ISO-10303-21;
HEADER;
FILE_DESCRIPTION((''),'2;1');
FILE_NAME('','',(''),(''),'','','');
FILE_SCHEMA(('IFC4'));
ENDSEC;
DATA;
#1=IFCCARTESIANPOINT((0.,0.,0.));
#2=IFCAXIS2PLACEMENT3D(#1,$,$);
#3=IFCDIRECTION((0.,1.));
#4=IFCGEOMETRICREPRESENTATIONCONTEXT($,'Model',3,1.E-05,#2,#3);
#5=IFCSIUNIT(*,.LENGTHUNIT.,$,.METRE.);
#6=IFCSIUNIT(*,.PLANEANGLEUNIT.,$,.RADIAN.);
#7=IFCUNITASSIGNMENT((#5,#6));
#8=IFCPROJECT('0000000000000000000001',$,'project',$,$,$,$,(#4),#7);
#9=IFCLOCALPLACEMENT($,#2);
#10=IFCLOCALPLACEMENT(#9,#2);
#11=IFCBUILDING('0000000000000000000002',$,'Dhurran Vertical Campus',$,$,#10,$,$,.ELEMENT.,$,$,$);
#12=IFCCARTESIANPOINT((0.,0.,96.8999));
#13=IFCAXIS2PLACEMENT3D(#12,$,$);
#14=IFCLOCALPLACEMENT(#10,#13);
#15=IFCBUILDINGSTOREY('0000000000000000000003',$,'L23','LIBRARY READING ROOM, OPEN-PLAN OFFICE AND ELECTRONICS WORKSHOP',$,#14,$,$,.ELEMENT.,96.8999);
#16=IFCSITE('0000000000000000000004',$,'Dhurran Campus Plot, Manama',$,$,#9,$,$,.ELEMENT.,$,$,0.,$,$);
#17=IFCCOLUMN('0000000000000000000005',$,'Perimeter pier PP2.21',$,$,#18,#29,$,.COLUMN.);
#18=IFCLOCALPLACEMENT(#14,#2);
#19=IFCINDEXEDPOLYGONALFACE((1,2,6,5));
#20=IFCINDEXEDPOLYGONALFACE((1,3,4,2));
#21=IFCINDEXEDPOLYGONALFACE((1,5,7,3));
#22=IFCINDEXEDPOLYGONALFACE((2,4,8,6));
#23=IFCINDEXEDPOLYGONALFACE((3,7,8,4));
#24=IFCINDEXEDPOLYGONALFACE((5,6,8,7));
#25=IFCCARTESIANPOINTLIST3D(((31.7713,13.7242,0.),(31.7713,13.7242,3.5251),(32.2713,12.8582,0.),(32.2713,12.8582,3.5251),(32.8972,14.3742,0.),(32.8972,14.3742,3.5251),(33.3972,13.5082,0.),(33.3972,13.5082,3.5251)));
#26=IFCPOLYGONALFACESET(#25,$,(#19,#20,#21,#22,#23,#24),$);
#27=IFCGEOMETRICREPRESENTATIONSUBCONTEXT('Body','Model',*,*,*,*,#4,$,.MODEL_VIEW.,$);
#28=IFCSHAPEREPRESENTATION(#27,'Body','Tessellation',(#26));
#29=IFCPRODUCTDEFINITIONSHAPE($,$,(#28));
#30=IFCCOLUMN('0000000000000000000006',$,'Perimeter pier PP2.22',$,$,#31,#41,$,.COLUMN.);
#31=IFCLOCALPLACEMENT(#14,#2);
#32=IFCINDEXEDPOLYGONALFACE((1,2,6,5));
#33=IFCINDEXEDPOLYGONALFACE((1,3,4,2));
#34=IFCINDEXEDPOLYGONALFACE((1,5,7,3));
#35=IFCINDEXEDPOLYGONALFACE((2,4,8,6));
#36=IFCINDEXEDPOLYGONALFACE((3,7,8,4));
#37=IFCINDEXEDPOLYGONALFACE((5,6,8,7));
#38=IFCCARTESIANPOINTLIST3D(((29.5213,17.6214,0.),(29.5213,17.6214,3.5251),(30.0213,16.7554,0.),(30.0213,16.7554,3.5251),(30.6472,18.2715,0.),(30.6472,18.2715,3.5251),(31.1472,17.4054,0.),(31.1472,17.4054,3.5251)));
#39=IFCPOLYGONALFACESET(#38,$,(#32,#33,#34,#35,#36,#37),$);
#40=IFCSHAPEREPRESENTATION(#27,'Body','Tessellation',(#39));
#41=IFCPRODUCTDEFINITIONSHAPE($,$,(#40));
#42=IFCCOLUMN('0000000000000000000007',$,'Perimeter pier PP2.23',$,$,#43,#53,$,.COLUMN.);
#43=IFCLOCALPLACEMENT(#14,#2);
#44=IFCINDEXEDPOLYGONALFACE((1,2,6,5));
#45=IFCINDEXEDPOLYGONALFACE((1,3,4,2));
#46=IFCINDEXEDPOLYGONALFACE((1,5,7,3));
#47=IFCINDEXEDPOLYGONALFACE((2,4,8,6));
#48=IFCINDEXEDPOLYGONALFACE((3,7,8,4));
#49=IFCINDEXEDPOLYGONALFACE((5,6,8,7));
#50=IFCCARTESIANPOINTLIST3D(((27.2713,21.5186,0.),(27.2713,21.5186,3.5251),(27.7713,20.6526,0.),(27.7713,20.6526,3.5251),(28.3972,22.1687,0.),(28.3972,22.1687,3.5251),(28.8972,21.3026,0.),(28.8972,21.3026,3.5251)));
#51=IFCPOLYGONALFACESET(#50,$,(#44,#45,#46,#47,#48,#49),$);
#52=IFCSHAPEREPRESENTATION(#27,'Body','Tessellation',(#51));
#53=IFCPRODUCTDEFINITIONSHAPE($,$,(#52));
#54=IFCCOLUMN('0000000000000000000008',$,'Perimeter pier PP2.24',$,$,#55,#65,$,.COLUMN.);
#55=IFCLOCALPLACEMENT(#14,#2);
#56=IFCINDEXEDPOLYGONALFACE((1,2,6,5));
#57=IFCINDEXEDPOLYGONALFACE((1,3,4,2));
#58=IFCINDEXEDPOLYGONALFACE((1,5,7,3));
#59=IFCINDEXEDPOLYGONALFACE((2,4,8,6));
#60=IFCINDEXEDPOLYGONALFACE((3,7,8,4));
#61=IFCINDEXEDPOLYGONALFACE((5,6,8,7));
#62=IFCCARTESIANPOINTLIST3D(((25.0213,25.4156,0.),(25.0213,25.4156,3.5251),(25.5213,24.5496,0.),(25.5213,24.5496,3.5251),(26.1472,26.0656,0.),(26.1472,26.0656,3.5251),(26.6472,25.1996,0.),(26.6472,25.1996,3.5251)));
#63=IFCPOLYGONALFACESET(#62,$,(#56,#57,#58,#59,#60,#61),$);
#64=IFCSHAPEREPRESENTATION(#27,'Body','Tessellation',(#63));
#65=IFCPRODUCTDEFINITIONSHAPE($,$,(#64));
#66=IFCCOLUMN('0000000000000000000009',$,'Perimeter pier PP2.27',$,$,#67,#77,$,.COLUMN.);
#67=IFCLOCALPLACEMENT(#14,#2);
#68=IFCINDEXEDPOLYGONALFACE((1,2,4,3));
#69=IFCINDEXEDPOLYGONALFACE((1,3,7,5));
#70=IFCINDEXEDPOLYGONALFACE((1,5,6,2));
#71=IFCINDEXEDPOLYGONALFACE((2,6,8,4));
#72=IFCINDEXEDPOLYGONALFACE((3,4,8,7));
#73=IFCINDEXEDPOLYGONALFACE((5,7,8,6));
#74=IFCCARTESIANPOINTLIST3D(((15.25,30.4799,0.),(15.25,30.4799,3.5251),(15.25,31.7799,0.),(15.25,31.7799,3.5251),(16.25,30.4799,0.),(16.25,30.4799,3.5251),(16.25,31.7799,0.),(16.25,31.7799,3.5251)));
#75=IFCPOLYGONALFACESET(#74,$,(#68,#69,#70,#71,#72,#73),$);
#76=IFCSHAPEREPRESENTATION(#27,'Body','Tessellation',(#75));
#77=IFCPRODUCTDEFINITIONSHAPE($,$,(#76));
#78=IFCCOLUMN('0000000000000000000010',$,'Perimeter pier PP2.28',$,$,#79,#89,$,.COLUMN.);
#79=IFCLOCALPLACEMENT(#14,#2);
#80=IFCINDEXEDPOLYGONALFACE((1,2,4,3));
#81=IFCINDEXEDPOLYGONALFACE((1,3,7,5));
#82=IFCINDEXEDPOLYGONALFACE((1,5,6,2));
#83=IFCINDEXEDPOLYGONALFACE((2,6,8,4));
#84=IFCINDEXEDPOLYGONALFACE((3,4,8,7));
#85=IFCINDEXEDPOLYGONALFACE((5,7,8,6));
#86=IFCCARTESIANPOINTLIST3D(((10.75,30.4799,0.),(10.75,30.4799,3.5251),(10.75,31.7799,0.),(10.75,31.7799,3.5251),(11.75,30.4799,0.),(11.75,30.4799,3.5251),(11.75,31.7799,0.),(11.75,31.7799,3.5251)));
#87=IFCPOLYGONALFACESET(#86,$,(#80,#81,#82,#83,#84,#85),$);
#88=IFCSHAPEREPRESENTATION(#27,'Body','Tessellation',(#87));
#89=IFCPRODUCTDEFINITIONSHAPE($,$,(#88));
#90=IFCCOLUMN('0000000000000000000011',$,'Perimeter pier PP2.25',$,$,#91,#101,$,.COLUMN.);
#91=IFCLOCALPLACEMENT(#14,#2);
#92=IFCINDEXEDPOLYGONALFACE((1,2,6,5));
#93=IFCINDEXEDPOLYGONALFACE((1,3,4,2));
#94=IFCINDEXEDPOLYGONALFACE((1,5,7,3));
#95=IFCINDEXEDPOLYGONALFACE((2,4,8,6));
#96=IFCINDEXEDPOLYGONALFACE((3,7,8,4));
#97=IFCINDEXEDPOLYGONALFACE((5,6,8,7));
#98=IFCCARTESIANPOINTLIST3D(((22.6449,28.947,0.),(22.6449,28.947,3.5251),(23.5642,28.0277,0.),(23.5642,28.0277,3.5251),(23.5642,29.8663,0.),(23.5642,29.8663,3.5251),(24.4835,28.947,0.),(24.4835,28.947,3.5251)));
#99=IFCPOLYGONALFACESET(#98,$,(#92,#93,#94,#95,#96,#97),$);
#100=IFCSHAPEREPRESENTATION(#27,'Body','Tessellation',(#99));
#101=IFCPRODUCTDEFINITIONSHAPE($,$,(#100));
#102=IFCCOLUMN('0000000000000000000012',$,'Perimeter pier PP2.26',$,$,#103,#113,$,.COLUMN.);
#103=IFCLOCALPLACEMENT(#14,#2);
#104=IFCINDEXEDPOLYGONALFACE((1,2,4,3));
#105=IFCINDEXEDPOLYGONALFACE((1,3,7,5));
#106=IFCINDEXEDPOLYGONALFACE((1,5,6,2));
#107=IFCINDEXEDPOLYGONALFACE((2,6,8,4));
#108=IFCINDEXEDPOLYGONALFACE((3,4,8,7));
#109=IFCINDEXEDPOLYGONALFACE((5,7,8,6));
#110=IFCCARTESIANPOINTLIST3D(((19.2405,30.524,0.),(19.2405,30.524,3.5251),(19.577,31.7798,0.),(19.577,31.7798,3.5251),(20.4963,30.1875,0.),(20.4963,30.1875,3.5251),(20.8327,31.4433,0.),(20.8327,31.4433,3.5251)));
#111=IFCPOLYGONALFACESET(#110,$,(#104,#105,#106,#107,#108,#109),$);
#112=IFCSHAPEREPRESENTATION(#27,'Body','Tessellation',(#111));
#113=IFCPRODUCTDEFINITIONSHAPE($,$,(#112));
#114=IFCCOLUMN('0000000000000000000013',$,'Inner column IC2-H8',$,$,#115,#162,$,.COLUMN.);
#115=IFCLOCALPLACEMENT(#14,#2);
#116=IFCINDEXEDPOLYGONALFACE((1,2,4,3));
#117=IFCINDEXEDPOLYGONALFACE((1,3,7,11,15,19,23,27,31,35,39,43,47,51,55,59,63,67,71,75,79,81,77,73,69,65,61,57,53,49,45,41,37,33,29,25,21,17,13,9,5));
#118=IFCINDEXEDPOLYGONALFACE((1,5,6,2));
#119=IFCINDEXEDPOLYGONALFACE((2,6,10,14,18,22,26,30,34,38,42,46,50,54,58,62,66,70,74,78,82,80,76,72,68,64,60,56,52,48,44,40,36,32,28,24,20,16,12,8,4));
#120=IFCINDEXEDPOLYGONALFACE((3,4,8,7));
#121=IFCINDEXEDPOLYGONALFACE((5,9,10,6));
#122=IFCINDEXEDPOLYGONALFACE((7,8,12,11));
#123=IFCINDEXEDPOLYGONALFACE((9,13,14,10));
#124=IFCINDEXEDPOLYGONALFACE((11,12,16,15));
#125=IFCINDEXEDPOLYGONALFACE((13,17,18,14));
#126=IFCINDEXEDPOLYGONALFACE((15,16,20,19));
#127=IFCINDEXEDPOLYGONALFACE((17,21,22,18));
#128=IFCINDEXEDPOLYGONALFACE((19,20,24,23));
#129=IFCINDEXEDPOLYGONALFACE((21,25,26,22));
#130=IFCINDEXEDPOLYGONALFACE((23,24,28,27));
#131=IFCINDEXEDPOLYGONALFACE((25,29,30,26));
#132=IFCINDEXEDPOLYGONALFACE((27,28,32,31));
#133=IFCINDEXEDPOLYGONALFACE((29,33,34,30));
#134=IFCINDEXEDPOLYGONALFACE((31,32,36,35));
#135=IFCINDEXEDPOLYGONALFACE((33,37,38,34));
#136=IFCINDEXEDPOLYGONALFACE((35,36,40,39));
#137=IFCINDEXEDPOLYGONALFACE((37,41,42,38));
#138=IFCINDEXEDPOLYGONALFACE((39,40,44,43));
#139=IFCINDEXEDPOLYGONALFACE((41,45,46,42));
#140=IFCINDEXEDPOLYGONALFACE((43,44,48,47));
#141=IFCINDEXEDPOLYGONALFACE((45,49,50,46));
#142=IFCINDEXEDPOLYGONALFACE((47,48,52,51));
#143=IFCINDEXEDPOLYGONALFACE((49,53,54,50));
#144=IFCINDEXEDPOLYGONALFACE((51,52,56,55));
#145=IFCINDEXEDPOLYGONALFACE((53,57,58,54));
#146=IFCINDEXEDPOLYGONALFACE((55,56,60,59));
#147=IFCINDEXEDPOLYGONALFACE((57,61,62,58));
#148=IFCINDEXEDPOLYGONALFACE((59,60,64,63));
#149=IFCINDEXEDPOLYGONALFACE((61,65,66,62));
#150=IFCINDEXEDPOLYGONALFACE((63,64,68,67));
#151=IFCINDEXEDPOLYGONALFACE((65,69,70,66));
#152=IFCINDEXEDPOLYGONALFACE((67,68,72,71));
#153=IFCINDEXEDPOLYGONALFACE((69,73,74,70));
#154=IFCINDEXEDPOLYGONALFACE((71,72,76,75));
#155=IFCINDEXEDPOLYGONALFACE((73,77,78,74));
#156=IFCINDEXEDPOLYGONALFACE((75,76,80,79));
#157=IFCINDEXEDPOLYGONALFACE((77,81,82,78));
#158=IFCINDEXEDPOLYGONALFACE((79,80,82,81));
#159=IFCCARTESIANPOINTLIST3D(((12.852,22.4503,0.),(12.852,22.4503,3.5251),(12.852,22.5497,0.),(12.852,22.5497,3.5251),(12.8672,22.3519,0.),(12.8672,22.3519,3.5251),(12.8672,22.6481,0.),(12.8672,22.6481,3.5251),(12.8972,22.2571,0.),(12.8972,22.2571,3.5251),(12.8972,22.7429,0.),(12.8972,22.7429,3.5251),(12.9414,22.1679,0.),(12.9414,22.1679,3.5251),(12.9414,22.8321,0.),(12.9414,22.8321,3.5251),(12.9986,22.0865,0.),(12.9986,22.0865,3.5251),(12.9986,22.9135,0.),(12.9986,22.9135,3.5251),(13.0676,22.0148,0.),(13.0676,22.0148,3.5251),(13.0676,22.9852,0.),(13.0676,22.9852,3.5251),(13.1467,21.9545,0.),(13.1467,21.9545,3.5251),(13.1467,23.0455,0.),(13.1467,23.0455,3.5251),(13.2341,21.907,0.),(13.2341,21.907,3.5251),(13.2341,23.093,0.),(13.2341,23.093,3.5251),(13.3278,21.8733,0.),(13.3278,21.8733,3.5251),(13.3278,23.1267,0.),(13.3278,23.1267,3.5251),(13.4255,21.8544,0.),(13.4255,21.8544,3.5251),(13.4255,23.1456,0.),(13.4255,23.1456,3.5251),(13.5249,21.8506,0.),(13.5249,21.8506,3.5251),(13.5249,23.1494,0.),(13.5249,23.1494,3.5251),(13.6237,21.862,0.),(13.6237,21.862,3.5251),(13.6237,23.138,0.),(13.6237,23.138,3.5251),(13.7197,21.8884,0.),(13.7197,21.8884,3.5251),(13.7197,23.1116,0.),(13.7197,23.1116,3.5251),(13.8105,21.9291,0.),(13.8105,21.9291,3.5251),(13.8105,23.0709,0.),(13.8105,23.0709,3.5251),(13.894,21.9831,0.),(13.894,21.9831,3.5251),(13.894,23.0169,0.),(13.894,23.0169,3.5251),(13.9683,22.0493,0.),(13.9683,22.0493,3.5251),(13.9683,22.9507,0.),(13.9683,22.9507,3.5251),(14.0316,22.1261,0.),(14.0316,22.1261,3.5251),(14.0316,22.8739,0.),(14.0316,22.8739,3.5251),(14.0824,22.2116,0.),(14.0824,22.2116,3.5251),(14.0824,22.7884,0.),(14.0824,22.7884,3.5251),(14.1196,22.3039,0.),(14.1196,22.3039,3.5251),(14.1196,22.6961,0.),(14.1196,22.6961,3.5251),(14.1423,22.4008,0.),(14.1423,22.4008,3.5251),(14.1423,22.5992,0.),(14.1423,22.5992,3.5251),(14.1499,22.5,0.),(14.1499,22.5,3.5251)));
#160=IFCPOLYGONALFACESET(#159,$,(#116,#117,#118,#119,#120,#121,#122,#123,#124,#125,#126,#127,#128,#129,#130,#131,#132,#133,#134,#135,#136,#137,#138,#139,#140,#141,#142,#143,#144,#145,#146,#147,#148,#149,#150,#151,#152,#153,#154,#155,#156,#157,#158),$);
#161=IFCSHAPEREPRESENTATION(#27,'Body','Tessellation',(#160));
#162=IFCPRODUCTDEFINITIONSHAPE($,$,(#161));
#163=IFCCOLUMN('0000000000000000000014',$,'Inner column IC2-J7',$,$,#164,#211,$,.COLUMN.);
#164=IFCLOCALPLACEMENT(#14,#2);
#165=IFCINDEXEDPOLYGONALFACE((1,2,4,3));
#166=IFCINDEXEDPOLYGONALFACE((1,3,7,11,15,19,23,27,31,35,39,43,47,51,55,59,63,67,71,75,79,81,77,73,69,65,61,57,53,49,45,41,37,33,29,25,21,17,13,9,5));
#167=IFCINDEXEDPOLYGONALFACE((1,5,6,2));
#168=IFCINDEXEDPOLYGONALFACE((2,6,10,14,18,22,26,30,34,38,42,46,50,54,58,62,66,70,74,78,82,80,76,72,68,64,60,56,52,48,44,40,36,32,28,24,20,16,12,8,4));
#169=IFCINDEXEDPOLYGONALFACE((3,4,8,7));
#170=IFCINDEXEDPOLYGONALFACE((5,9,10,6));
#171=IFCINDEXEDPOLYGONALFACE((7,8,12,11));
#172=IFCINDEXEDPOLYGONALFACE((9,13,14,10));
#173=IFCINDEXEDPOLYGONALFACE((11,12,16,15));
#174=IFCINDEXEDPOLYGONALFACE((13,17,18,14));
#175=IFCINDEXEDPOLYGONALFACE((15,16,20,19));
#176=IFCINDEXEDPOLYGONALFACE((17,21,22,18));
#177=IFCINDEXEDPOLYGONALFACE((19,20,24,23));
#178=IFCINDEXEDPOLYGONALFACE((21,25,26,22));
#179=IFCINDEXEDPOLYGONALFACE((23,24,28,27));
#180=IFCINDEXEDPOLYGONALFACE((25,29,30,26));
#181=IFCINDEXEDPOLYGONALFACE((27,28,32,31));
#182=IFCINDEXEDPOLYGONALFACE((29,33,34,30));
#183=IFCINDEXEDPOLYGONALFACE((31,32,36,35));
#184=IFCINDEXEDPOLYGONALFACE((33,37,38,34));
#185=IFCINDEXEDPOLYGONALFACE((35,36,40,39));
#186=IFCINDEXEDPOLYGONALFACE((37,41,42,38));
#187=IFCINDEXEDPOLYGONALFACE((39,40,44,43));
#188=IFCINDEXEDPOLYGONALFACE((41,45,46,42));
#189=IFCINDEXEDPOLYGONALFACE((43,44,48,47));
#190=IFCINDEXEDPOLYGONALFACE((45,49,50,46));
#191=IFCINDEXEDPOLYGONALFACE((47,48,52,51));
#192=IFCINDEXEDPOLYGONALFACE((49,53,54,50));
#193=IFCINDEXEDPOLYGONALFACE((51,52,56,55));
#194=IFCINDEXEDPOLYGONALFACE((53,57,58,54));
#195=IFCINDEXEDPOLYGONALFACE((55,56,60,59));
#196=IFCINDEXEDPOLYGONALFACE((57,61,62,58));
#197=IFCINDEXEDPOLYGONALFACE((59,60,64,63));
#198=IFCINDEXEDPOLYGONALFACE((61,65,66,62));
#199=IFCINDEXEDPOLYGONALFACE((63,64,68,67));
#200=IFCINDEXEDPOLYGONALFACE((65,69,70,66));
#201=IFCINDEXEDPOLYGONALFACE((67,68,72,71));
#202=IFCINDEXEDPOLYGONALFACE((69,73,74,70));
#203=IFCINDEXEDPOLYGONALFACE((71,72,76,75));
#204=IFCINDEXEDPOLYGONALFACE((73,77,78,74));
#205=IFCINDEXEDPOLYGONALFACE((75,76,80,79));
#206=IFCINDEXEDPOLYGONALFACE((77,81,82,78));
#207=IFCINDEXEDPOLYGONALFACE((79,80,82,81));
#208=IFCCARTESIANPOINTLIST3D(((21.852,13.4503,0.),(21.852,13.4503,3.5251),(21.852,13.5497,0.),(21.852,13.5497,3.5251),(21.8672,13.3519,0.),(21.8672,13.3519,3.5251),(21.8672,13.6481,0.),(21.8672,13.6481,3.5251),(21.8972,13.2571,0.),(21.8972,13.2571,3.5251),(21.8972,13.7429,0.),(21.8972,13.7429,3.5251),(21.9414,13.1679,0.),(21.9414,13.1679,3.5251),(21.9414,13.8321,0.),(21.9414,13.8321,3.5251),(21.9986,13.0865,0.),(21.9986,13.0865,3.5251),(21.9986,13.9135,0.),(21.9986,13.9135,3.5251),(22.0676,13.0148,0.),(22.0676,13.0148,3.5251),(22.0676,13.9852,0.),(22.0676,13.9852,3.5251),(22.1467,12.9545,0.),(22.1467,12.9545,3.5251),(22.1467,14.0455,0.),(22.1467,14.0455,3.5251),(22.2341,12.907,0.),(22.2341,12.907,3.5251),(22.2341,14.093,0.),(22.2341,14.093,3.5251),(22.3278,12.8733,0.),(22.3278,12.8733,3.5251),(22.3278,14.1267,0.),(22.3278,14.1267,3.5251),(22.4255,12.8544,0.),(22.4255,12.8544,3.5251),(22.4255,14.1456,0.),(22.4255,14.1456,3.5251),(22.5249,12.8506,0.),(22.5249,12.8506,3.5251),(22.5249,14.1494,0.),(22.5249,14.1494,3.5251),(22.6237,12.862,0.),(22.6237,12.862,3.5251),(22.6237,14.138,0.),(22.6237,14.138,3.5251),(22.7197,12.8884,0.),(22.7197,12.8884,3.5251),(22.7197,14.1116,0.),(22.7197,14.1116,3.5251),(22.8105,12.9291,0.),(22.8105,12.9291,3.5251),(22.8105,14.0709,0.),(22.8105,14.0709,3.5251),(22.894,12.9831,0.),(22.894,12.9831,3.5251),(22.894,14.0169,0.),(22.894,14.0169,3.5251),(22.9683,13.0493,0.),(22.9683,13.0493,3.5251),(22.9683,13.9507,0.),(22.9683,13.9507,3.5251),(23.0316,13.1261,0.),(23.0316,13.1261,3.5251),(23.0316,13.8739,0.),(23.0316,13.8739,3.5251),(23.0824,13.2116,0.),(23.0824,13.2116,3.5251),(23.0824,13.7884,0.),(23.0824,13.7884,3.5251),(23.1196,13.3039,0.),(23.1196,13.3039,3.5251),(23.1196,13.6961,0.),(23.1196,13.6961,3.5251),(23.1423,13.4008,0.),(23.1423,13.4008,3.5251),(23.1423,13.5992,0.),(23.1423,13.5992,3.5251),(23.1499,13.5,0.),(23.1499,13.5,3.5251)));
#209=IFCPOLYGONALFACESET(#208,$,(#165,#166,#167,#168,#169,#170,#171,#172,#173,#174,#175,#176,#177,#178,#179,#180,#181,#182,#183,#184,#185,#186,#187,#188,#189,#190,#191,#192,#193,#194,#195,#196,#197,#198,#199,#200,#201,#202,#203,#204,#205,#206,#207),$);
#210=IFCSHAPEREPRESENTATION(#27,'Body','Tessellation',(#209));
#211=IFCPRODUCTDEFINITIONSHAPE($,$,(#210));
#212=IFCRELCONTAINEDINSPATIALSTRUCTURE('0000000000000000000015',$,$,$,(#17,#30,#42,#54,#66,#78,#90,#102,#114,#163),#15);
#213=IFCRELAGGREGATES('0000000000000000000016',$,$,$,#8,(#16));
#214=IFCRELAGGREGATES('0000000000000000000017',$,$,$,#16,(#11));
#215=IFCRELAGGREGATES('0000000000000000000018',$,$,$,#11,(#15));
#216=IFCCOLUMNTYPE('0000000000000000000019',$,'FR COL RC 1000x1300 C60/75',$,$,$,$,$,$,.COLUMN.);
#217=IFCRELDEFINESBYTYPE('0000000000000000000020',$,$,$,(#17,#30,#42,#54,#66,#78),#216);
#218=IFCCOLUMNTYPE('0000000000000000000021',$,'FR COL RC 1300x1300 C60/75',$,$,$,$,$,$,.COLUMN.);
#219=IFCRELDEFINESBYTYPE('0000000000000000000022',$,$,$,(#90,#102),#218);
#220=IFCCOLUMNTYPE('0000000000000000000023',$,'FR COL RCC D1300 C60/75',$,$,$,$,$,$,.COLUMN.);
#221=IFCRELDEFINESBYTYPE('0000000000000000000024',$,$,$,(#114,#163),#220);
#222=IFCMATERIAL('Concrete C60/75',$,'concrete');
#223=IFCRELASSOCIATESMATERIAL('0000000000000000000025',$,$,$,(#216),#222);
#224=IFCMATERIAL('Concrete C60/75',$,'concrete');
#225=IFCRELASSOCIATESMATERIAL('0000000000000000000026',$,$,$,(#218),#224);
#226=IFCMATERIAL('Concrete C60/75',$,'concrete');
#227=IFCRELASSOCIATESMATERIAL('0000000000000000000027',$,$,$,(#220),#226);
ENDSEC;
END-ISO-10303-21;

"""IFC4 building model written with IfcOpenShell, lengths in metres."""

from ifc_helpers import new_model, si_unit, direction, frame, origin, origin_2d, place, context, subcontext, project, spatial, rectangle, circle, extrude, material, material_profile, profile_set, type_object, element, save


model = new_model("IFC4")

# Units and contexts
model_context = context("Model", 3, precision=1e-05, world=origin(), true_north=direction((0.0, 1.0)))
body_context = subcontext(model_context, "Body", "Model", "MODEL_VIEW")
ifc_project = project(units=[si_unit("LENGTHUNIT", "METRE"), si_unit("PLANEANGLEUNIT", "RADIAN")], contexts=[model_context])

# Site, building, storey
site_placement = place(None, origin())
site = spatial("IfcSite", under=ifc_project, at=site_placement, Name="Dhurran Campus Plot, Manama", CompositionType="ELEMENT", RefElevation=0.0)
building_placement = place(site_placement, origin())
building = spatial("IfcBuilding", under=site, at=building_placement, Name="Dhurran Vertical Campus", CompositionType="ELEMENT")
storey_placement = place(building_placement, frame((0.0, 0.0, 96.8999)))
storey = spatial("IfcBuildingStorey", under=building, at=storey_placement, Name="L23", Description="LIBRARY READING ROOM, OPEN-PLAN OFFICE AND ELECTRONICS WORKSHOP", CompositionType="ELEMENT", Elevation=96.8999)

# Columns
ifc_material_1 = material(Name="Concrete C60/75", Category="concrete")
ifc_material_profile_1 = material_profile(ifc_material_1, rectangle(XDim=1.0, YDim=1.3, at=origin_2d()), Name="RC 1000x1300")
ifc_profile_set_1 = profile_set([ifc_material_profile_1], Name="Concrete C60/75")
column_type_1 = type_object("IfcColumnType", Name="FR COL RC 1000x1300 C60/75", PredefinedType="COLUMN", material=ifc_profile_set_1)
for number, where, z_axis, x_axis, name in (
    (1, (32.5842, 13.6162, 0.0), (0.0, 0.0, 1.0), (-0.5, 0.866025, 0.0), "Perimeter pier PP2.21"),
    (2, (30.3342, 17.5134, 0.0), (0.0, 0.0, 1.0), (-0.5, 0.866025, 0.0), "Perimeter pier PP2.22"),
    (3, (28.0842, 21.4106, 0.0), (0.0, 0.0, 1.0), (-0.5, 0.866025, 0.0), "Perimeter pier PP2.23"),
    (4, (25.8342, 25.3076, 0.0), (0.0, 0.0, 1.0), (-0.5, 0.866025, 0.0), "Perimeter pier PP2.24"),
    (5, (15.75, 31.1299, 0.0), (0.0, 0.0, 1.0), (-1.0, 0.0, 0.0), "Perimeter pier PP2.27"),
    (6, (11.25, 31.1299, 0.0), (0.0, 0.0, 1.0), (-1.0, 0.0, 0.0), "Perimeter pier PP2.28"),
):
    element("IfcColumn", number, at=place(storey_placement, frame(where, z_axis=z_axis, x_axis=x_axis)), inside=storey, type_object=column_type_1, Name=name, PredefinedType="COLUMN", context=body_context, shape_type="SweptSolid", body=[
        extrude(rectangle(XDim=1.0, YDim=1.3, at=origin_2d()), origin(), (0.0, 0.0, 1.0), 3.5251),
    ])
ifc_material_2 = material(Name="Concrete C60/75", Category="concrete")
ifc_material_profile_2 = material_profile(ifc_material_2, rectangle(XDim=1.3, YDim=1.3, at=origin_2d()), Name="RC 1300x1300")
ifc_profile_set_2 = profile_set([ifc_material_profile_2], Name="Concrete C60/75")
column_type_2 = type_object("IfcColumnType", Name="FR COL RC 1300x1300 C60/75", PredefinedType="COLUMN", material=ifc_profile_set_2)
for number, where, z_axis, x_axis, name in (
    (7, (23.5642, 28.947, 0.0), (0.0, 0.0, 1.0), (-0.707107, 0.707107, 0.0), "Perimeter pier PP2.25"),
    (8, (20.0366, 30.9836, 0.0), (0.0, 0.0, 1.0), (-0.965926, 0.258819, 0.0), "Perimeter pier PP2.26"),
):
    element("IfcColumn", number, at=place(storey_placement, frame(where, z_axis=z_axis, x_axis=x_axis)), inside=storey, type_object=column_type_2, Name=name, PredefinedType="COLUMN", context=body_context, shape_type="SweptSolid", body=[
        extrude(rectangle(XDim=1.3, YDim=1.3, at=origin_2d()), origin(), (0.0, 0.0, 1.0), 3.5251),
    ])
ifc_material_3 = material(Name="Concrete C60/75", Category="concrete")
ifc_material_profile_3 = material_profile(ifc_material_3, circle(Radius=0.6499, at=origin_2d()), Name="RCC D1300")
ifc_profile_set_3 = profile_set([ifc_material_profile_3], Name="Concrete C60/75")
column_type_3 = type_object("IfcColumnType", Name="FR COL RCC D1300 C60/75", PredefinedType="COLUMN", material=ifc_profile_set_3)
for number, where, z_axis, x_axis, name in (
    (9, (13.5, 22.5, 0.0), (0.0, 0.0, 1.0), (1.0, 0.0, 0.0), "Inner column IC2-H8"),
    (10, (22.5, 13.5, 0.0), (0.0, 0.0, 1.0), (1.0, 0.0, 0.0), "Inner column IC2-J7"),
):
    element("IfcColumn", number, at=place(storey_placement, frame(where, z_axis=z_axis, x_axis=x_axis)), inside=storey, type_object=column_type_3, Name=name, PredefinedType="COLUMN", context=body_context, shape_type="SweptSolid", body=[
        extrude(circle(Radius=0.6499, at=origin_2d()), origin(), (0.0, 0.0, 1.0), 3.5251),
    ])

save(model, "model.ifc")
